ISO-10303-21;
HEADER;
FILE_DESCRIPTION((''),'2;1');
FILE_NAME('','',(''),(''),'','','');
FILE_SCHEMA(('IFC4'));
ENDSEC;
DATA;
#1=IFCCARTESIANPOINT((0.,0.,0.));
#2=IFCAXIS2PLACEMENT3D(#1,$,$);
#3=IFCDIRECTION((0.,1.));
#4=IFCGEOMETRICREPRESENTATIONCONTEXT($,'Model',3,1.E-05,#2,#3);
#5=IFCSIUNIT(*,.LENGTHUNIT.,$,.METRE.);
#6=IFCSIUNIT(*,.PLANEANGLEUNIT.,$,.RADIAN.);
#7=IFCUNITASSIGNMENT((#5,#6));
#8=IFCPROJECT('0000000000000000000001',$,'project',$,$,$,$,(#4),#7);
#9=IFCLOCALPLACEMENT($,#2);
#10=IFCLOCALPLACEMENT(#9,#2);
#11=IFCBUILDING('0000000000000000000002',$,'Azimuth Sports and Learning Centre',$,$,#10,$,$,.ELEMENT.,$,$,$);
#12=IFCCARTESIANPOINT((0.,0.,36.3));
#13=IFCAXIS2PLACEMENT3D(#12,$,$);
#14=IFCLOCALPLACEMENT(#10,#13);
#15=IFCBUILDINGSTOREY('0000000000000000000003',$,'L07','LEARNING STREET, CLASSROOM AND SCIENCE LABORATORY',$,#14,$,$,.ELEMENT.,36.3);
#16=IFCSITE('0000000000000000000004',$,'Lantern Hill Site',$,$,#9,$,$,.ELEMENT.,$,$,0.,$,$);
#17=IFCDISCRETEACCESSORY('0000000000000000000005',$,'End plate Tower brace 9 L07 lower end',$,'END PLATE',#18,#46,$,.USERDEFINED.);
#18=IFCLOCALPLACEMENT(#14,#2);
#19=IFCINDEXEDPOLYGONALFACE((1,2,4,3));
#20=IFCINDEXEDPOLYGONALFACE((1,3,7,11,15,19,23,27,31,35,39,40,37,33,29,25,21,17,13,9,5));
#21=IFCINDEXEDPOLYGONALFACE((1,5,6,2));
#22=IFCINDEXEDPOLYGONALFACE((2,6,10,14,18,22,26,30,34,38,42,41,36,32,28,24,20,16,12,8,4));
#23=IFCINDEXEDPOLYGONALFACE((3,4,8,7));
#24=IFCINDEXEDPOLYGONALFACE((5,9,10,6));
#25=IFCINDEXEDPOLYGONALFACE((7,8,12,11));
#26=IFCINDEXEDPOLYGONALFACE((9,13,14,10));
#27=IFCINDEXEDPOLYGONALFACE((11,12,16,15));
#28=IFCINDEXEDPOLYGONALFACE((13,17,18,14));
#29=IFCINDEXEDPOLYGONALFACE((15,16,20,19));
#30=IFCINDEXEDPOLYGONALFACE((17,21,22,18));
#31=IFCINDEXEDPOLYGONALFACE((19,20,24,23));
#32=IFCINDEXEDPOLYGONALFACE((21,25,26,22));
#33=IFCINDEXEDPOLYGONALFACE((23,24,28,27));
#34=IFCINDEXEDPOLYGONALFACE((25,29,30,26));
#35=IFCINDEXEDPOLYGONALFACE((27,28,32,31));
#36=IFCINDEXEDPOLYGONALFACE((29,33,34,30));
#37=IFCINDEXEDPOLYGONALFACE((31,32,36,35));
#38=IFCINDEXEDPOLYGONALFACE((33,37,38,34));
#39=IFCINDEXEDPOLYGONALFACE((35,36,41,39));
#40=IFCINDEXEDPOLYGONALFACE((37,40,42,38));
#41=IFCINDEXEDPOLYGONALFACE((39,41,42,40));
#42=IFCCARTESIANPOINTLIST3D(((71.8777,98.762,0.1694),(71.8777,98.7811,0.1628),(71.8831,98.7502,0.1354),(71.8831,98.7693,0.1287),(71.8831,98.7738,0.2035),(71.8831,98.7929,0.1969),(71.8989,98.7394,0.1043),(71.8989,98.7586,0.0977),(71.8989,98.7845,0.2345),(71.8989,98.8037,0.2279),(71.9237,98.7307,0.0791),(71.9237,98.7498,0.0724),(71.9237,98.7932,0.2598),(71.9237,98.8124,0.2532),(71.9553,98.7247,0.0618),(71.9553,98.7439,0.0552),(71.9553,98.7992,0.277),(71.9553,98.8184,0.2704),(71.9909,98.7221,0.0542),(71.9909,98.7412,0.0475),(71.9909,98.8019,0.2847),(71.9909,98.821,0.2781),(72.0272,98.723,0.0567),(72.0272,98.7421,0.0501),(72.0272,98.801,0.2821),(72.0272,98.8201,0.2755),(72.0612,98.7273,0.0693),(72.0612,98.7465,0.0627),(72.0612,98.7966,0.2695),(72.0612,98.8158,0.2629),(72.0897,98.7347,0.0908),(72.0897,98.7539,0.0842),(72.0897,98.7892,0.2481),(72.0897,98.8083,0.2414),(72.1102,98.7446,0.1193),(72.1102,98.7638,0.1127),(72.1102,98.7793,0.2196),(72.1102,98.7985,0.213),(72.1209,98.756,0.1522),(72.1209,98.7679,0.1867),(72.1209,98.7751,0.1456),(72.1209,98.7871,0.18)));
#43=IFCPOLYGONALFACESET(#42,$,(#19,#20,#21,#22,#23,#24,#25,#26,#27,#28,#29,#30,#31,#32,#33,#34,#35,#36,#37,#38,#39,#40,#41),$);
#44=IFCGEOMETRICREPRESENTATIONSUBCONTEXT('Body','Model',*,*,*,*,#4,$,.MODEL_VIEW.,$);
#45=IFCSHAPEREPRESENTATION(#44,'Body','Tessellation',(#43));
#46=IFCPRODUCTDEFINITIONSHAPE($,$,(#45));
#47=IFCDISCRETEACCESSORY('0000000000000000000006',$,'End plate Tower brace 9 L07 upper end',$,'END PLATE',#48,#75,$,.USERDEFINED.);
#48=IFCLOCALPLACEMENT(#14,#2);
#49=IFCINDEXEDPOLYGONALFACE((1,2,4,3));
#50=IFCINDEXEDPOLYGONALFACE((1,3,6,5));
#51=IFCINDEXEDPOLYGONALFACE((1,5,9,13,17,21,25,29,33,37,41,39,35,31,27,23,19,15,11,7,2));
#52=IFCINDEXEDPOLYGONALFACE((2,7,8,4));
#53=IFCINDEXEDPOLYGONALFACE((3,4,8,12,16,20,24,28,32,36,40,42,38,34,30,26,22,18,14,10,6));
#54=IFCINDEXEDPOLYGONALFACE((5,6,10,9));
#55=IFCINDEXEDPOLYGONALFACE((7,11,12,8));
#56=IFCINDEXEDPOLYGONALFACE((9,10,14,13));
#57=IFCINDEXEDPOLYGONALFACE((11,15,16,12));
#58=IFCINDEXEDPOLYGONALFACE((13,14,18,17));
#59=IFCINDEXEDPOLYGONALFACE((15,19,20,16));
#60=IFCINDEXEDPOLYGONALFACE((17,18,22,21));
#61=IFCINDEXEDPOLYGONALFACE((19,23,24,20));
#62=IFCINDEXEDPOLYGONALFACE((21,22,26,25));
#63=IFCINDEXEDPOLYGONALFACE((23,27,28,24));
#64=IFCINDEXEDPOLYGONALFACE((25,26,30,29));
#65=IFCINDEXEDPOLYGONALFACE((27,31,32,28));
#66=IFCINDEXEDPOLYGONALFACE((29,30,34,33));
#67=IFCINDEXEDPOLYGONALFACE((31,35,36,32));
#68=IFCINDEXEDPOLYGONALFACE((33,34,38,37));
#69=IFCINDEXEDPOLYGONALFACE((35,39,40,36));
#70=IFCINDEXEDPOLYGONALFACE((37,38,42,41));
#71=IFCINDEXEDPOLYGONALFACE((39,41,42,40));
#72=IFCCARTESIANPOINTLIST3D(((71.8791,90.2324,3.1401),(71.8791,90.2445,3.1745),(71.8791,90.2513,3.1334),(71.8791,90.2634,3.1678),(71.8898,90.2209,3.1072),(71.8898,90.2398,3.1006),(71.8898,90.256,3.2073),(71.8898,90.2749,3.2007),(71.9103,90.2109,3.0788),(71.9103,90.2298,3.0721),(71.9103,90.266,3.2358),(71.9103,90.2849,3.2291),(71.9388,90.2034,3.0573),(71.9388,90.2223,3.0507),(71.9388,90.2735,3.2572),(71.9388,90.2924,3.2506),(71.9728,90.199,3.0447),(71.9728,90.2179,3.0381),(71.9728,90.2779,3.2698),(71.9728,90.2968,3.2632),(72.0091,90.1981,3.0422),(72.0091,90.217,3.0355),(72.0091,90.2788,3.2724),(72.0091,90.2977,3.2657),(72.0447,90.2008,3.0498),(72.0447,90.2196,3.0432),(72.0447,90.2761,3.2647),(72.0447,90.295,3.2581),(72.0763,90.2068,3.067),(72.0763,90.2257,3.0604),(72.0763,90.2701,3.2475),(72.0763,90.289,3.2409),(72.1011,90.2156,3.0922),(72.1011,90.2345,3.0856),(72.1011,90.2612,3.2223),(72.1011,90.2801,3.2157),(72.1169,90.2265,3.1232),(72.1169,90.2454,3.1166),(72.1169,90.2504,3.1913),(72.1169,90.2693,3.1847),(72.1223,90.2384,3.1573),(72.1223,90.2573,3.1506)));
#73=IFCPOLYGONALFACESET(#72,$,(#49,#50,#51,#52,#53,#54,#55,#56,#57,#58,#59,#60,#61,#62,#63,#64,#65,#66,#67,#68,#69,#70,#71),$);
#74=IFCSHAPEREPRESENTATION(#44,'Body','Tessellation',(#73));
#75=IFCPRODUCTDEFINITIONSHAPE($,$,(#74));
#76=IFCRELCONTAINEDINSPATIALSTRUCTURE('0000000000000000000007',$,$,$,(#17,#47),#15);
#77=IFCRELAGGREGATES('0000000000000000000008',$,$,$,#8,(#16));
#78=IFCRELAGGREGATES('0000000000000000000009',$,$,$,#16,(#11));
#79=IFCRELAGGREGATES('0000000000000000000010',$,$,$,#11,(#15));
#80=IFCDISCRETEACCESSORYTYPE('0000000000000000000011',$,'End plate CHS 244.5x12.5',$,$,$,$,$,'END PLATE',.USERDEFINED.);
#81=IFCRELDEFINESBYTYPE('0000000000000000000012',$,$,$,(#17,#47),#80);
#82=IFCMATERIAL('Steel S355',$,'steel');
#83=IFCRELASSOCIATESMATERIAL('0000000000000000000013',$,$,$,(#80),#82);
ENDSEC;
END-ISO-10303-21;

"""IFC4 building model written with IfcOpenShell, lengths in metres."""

from ifc_helpers import new_model, si_unit, direction, frame, origin, origin_2d, place, context, subcontext, project, spatial, circle, extrude, material, material_profile, profile_set, type_object, element, save


model = new_model("IFC4")

# Units and contexts
model_context = context("Model", 3, precision=1e-05, world=origin(), true_north=direction((0.0, 1.0)))
body_context = subcontext(model_context, "Body", "Model", "MODEL_VIEW")
ifc_project = project(units=[si_unit("LENGTHUNIT", "METRE"), si_unit("PLANEANGLEUNIT", "RADIAN")], contexts=[model_context])

# Site, building, storey
site_placement = place(None, origin())
site = spatial("IfcSite", under=ifc_project, at=site_placement, Name="Lantern Hill Site", CompositionType="ELEMENT", RefElevation=0.0)
building_placement = place(site_placement, origin())
building = spatial("IfcBuilding", under=site, at=building_placement, Name="Azimuth Sports and Learning Centre", CompositionType="ELEMENT")
storey_placement = place(building_placement, frame((0.0, 0.0, 36.3)))
storey = spatial("IfcBuildingStorey", under=building, at=storey_placement, Name="L07", Description="LEARNING STREET, CLASSROOM AND SCIENCE LABORATORY", CompositionType="ELEMENT", Elevation=36.3)

# Discrete accessories
ifc_material_1 = material(Name="Steel S355", Category="steel")
ifc_material_profile_1 = material_profile(ifc_material_1, circle(Radius=0.1223, at=origin_2d()), Name="PL 244 DISC")
ifc_profile_set_1 = profile_set([ifc_material_profile_1], Name="Steel S355")
discrete_accessory_type = type_object("IfcDiscreteAccessoryType", Name="End plate CHS 244.5x12.5", ElementType="END PLATE", PredefinedType="USERDEFINED", material=ifc_profile_set_1)
discrete_accessory_1_placement = place(storey_placement, frame((72.0, 98.762, 0.1694), z_axis=(0.0, 0.944986, -0.327111), x_axis=(-1.0, 0.0, 0.0)))
element("IfcDiscreteAccessory", 1, at=discrete_accessory_1_placement, inside=storey, type_object=discrete_accessory_type, Name="End plate Tower brace 9 L07 lower end", ObjectType="END PLATE", PredefinedType="USERDEFINED", context=body_context, shape_type="SweptSolid", body=[
    extrude(circle(Radius=0.1223, at=origin_2d()), origin(), (0.0, 0.0, 1.0), 0.0203),
])
discrete_accessory_2_placement = place(storey_placement, frame((72.0, 90.2573, 3.1506), z_axis=(0.0, -0.943667, 0.330896), x_axis=(1.0, 0.0, 0.0)))
element("IfcDiscreteAccessory", 2, at=discrete_accessory_2_placement, inside=storey, type_object=discrete_accessory_type, Name="End plate Tower brace 9 L07 upper end", ObjectType="END PLATE", PredefinedType="USERDEFINED", context=body_context, shape_type="SweptSolid", body=[
    extrude(circle(Radius=0.1223, at=origin_2d()), origin(), (0.0, 0.0, 1.0), 0.02),
])

save(model, "model.ifc")
